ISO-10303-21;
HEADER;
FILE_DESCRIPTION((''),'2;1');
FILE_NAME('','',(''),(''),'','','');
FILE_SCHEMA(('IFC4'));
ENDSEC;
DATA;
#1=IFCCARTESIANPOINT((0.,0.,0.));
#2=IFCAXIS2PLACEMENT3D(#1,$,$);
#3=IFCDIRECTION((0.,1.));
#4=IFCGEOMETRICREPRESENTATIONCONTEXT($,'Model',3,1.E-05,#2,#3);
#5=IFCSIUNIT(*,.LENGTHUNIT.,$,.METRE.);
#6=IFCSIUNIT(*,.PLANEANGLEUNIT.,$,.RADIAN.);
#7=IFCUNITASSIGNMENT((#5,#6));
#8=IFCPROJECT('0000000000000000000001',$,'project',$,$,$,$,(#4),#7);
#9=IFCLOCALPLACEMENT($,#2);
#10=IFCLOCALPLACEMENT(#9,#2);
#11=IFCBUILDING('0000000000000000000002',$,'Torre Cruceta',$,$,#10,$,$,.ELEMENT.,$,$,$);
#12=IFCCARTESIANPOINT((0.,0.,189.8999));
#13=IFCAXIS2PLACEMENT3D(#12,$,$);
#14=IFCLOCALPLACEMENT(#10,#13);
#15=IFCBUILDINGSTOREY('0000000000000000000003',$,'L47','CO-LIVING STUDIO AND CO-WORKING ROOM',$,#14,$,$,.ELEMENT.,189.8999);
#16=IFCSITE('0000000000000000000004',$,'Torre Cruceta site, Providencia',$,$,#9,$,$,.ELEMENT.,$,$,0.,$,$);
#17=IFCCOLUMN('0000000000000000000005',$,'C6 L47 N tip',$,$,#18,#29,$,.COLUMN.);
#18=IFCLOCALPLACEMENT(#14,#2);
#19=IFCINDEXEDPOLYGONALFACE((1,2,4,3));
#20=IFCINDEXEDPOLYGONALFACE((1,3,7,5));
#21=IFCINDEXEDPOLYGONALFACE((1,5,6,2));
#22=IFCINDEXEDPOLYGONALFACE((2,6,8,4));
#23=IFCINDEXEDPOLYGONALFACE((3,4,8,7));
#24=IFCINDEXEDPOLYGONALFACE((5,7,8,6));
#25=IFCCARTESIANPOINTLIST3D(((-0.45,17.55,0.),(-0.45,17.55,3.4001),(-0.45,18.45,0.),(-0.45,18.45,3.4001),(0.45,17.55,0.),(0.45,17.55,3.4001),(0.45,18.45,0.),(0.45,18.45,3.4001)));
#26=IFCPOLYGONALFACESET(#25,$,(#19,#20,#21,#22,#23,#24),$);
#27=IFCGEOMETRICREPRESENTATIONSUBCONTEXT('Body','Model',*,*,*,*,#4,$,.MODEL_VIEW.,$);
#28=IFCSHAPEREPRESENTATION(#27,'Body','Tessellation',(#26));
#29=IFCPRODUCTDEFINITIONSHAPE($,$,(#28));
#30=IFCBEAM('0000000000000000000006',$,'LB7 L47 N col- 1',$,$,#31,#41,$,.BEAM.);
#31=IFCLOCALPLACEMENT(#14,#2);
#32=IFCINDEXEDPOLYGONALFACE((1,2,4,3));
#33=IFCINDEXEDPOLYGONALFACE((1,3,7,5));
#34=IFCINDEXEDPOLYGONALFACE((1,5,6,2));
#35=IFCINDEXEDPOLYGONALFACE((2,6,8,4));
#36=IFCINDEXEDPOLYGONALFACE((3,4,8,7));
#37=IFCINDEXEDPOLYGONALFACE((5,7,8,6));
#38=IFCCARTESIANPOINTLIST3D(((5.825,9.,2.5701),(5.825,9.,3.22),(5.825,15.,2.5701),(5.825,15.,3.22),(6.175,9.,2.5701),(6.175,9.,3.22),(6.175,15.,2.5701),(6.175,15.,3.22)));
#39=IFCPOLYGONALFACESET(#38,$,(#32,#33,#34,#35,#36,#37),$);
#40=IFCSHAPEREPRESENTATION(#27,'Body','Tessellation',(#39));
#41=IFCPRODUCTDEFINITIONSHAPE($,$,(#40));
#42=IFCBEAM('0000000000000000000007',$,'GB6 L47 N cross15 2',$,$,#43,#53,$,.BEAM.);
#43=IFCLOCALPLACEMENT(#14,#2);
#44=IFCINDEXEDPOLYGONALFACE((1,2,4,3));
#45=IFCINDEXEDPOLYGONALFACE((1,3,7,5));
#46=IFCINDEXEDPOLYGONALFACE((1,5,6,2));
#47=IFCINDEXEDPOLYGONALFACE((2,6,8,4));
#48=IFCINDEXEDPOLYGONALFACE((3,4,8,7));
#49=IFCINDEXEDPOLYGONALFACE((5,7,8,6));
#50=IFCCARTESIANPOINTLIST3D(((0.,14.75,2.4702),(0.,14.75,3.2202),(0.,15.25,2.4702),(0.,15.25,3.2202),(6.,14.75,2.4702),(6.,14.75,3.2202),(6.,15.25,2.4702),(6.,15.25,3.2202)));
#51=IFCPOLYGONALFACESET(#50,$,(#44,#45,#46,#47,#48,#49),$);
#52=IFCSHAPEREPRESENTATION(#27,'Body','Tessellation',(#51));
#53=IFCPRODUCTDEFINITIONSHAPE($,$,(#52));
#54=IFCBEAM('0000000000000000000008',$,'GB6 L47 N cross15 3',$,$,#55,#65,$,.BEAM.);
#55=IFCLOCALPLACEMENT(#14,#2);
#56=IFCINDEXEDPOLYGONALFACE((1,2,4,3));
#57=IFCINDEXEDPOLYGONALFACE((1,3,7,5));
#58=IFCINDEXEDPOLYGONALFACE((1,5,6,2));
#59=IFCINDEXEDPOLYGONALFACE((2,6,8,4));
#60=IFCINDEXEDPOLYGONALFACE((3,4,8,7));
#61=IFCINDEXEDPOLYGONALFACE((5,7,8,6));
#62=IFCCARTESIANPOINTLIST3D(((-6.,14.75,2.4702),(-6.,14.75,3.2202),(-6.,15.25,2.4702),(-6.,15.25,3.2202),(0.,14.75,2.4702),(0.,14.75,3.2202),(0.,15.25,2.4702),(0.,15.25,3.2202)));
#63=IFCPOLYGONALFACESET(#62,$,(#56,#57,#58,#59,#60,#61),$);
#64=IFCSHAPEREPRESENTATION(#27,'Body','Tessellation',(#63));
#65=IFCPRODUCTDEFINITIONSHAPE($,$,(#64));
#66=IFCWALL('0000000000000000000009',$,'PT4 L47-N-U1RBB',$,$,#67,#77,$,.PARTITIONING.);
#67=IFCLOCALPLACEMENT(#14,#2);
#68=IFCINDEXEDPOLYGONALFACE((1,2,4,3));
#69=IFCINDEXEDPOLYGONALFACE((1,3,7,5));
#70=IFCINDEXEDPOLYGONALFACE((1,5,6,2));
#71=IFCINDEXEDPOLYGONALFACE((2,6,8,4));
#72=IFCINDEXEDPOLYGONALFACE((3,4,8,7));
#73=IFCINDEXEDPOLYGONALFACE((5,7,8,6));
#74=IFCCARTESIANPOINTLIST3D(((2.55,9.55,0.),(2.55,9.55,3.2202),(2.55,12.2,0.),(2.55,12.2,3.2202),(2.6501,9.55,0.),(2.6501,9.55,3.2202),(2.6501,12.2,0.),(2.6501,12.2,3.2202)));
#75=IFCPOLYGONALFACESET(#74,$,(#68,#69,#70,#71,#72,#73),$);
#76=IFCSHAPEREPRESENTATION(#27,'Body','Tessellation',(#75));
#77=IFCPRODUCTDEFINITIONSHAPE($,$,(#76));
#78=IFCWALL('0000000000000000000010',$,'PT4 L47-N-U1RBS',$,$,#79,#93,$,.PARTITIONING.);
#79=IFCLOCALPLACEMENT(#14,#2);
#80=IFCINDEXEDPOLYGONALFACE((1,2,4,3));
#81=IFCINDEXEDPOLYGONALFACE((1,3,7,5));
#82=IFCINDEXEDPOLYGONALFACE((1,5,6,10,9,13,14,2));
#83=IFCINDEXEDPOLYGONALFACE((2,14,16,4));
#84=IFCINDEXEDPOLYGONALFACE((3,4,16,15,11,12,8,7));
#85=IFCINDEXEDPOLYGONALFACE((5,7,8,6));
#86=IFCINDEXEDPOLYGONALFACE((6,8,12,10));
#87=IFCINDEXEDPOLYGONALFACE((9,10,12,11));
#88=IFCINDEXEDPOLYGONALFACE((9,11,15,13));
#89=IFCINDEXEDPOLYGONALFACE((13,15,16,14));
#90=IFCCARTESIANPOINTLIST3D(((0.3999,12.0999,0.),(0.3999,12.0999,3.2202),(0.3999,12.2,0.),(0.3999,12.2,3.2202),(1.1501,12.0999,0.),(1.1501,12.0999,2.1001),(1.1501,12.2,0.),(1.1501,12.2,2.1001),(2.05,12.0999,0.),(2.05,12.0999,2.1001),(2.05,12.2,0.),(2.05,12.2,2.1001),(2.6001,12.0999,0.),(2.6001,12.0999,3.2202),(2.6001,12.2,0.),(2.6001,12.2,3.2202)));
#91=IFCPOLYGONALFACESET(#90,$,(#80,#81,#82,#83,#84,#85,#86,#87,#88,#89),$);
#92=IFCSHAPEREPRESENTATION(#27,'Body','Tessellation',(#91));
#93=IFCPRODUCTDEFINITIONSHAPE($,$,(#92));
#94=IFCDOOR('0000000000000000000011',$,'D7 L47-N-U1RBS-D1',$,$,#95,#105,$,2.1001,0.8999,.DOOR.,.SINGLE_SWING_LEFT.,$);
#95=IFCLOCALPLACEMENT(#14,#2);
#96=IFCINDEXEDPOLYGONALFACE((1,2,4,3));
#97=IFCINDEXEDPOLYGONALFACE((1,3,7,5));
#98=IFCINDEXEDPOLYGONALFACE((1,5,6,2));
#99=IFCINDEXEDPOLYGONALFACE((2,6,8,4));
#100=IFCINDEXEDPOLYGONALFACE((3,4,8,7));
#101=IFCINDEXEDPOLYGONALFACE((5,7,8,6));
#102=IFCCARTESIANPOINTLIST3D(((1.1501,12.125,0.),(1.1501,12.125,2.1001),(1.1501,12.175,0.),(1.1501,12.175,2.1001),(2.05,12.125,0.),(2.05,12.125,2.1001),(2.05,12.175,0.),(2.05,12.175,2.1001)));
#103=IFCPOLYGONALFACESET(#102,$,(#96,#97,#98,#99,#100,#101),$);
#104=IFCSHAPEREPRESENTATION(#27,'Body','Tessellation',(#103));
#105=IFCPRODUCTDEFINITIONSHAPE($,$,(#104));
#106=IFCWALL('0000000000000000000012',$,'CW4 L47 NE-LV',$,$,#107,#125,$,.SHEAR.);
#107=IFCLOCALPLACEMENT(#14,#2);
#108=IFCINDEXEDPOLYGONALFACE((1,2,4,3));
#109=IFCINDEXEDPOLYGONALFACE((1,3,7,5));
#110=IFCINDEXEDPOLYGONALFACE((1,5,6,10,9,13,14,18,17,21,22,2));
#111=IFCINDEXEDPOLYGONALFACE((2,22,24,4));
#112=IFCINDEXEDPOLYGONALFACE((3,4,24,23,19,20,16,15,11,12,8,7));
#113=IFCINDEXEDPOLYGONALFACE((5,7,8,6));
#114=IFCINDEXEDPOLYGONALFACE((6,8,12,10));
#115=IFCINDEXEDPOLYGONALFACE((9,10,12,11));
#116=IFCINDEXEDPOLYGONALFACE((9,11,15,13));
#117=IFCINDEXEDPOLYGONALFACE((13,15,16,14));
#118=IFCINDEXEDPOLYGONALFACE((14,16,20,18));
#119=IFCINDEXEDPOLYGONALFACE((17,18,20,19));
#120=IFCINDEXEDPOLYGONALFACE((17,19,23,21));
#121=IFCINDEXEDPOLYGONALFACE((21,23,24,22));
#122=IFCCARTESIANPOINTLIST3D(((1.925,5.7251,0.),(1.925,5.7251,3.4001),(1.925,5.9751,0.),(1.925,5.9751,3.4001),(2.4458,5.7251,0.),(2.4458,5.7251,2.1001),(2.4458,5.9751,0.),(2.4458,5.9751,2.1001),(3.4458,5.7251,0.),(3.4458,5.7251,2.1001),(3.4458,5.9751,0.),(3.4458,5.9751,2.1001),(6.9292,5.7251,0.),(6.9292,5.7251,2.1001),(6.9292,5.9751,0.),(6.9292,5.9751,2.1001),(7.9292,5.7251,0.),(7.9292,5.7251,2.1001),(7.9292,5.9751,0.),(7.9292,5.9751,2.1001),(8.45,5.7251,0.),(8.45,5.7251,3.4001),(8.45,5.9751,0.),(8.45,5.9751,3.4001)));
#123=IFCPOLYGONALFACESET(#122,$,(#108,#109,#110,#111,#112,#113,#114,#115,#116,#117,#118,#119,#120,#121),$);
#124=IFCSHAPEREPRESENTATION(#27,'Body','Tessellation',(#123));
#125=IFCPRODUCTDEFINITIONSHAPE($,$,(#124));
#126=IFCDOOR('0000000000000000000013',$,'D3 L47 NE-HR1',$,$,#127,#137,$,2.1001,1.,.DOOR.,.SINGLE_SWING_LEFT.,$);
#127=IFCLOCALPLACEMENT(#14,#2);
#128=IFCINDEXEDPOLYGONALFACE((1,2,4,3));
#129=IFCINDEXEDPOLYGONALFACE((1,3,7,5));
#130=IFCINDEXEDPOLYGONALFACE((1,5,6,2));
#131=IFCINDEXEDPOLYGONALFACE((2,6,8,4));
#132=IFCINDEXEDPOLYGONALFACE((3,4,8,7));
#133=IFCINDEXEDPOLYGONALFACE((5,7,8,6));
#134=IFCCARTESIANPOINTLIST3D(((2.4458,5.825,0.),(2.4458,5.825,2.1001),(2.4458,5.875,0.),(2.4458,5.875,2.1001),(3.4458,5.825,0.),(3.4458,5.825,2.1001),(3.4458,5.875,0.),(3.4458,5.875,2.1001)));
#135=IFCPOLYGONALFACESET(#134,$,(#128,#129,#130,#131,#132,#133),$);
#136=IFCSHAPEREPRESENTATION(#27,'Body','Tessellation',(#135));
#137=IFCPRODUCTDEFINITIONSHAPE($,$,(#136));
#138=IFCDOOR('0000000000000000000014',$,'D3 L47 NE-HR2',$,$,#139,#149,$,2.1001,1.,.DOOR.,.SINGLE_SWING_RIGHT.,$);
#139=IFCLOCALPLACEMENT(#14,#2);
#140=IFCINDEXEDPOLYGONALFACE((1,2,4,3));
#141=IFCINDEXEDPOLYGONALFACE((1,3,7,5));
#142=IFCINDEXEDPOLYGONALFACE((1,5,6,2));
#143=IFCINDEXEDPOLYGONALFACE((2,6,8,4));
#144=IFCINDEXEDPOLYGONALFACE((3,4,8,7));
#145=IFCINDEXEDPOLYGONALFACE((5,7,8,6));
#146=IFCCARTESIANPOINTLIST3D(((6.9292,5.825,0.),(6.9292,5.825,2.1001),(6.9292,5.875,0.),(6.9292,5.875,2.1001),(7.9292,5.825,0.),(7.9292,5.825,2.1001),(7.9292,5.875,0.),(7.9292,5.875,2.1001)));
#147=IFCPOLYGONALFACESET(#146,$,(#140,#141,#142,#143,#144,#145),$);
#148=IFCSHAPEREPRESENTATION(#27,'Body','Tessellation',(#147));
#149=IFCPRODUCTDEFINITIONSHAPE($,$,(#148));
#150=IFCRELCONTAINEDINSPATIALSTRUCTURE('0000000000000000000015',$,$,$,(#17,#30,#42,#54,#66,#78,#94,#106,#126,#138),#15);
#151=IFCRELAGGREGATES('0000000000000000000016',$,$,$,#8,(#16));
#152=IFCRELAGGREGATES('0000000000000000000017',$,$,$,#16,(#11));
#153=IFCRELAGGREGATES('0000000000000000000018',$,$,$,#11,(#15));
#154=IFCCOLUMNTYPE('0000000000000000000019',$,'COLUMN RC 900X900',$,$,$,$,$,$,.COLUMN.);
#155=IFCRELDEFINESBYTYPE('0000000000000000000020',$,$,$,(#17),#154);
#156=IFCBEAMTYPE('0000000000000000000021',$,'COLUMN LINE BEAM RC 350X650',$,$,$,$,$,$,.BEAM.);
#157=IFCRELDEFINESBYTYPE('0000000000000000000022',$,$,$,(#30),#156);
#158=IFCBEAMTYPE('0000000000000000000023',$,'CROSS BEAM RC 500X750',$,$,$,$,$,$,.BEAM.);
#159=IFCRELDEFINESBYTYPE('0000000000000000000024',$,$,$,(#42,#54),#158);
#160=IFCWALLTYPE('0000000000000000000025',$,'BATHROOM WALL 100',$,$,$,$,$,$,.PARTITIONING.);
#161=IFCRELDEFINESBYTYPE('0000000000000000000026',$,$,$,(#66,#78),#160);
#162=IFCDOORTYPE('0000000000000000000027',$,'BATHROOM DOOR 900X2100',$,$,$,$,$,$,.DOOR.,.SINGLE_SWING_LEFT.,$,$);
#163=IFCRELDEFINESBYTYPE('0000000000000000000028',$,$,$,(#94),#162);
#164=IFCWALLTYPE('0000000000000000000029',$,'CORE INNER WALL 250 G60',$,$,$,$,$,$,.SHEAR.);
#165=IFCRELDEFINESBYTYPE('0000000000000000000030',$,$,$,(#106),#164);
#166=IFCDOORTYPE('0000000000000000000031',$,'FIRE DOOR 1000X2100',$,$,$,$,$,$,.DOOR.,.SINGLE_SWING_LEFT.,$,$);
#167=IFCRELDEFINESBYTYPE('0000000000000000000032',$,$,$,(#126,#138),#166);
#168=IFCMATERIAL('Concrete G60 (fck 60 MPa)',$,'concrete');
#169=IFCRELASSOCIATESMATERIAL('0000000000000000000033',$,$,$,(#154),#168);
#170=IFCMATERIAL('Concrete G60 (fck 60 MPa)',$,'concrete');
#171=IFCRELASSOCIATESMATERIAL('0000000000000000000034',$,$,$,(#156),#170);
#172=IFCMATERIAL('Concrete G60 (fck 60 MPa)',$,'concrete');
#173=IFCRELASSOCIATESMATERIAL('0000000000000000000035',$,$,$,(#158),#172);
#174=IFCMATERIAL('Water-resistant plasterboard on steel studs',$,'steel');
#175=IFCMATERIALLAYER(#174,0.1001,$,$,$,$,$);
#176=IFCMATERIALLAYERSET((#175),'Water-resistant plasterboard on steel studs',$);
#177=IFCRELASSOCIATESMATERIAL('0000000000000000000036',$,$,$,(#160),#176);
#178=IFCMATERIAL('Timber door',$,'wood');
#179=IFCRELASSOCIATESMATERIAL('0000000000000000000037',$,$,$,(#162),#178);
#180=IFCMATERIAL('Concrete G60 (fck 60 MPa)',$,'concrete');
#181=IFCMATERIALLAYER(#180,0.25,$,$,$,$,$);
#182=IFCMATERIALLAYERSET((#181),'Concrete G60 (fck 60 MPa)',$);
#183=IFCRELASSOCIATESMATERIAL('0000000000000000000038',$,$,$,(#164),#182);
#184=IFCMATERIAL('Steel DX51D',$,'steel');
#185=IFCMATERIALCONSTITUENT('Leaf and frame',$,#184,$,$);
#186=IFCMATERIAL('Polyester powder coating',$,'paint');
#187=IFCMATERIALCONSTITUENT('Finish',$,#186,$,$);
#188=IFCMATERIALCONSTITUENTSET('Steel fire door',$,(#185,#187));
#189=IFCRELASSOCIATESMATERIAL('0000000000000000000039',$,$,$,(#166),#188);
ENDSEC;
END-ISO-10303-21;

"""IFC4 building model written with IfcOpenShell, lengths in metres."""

from ifc_helpers import new_model, si_unit, direction, frame, frame_2d, origin, origin_2d, place, context, subcontext, project, spatial, rectangle, extrude, material, layer, layer_set, constituent, constituent_set, material_profile, profile_set, type_object, element, fill, save


model = new_model("IFC4")

# Units and contexts
model_context = context("Model", 3, precision=1e-05, world=origin(), true_north=direction((0.0, 1.0)))
body_context = subcontext(model_context, "Body", "Model", "MODEL_VIEW")
ifc_project = project(units=[si_unit("LENGTHUNIT", "METRE"), si_unit("PLANEANGLEUNIT", "RADIAN")], contexts=[model_context])

# Site, building, storey
site_placement = place(None, origin())
site = spatial("IfcSite", under=ifc_project, at=site_placement, Name="Torre Cruceta site, Providencia", CompositionType="ELEMENT", RefElevation=0.0)
building_placement = place(site_placement, origin())
building = spatial("IfcBuilding", under=site, at=building_placement, Name="Torre Cruceta", CompositionType="ELEMENT")
storey_placement = place(building_placement, frame((0.0, 0.0, 189.8999)))
storey = spatial("IfcBuildingStorey", under=building, at=storey_placement, Name="L47", Description="CO-LIVING STUDIO AND CO-WORKING ROOM", CompositionType="ELEMENT", Elevation=189.8999)

# Column
ifc_material_1 = material(Name="Concrete G60 (fck 60 MPa)", Category="concrete")
ifc_material_profile_1 = material_profile(ifc_material_1, rectangle(XDim=0.8999, YDim=0.8999, at=origin_2d()), Name="RC 900X900")
ifc_profile_set_1 = profile_set([ifc_material_profile_1], Name="Concrete G60 (fck 60 MPa)")
column_type = type_object("IfcColumnType", Name="COLUMN RC 900X900", PredefinedType="COLUMN", material=ifc_profile_set_1)
column_placement = place(storey_placement, frame((0.0, 18.0, 0.0), z_axis=(0.0, 0.0, 1.0), x_axis=(1.0, 0.0, 0.0)))
element("IfcColumn", 1, at=column_placement, inside=storey, type_object=column_type, Name="C6 L47 N tip", PredefinedType="COLUMN", context=body_context, shape_type="SweptSolid", body=[
    extrude(rectangle(XDim=0.8999, YDim=0.8999, at=origin_2d()), origin(), (0.0, 0.0, 1.0), 3.4001),
])

# Beams
ifc_material_2 = material(Name="Concrete G60 (fck 60 MPa)", Category="concrete")
ifc_material_profile_2 = material_profile(ifc_material_2, rectangle(XDim=0.3501, YDim=0.6499, at=origin_2d()), Name="RC 350X650")
ifc_profile_set_2 = profile_set([ifc_material_profile_2], Name="Concrete G60 (fck 60 MPa)")
beam_type_1 = type_object("IfcBeamType", Name="COLUMN LINE BEAM RC 350X650", PredefinedType="BEAM", material=ifc_profile_set_2)
beam_placement = place(storey_placement, frame((6.0, 9.0, 2.895), z_axis=(0.0, 1.0, 0.0), x_axis=(-1.0, 0.0, 0.0)))
element("IfcBeam", 2, at=beam_placement, inside=storey, type_object=beam_type_1, Name="LB7 L47 N col- 1", PredefinedType="BEAM", context=body_context, shape_type="SweptSolid", body=[
    extrude(rectangle(XDim=0.3501, YDim=0.6499, at=origin_2d()), origin(), (0.0, 0.0, 1.0), 6.0),
])
ifc_material_3 = material(Name="Concrete G60 (fck 60 MPa)", Category="concrete")
ifc_material_profile_3 = material_profile(ifc_material_3, rectangle(XDim=0.5, YDim=0.75, at=origin_2d()), Name="RC 500X750")
ifc_profile_set_3 = profile_set([ifc_material_profile_3], Name="Concrete G60 (fck 60 MPa)")
beam_type_2 = type_object("IfcBeamType", Name="CROSS BEAM RC 500X750", PredefinedType="BEAM", material=ifc_profile_set_3)
for number, where, z_axis, x_axis, name in (
    (3, (6.0, 15.0, 2.8452), (-1.0, 0.0, 0.0), (0.0, -1.0, 0.0), "GB6 L47 N cross15 2"),
    (4, (0.0, 15.0, 2.8452), (-1.0, 0.0, 0.0), (0.0, -1.0, 0.0), "GB6 L47 N cross15 3"),
):
    element("IfcBeam", number, at=place(storey_placement, frame(where, z_axis=z_axis, x_axis=x_axis)), inside=storey, type_object=beam_type_2, Name=name, PredefinedType="BEAM", context=body_context, shape_type="SweptSolid", body=[
        extrude(rectangle(XDim=0.5, YDim=0.75, at=origin_2d()), origin(), (0.0, 0.0, 1.0), 6.0),
    ])

# Wall
ifc_material_4 = material(Name="Water-resistant plasterboard on steel studs", Category="steel")
ifc_layer_1 = layer(ifc_material_4, 0.1001)
ifc_layer_set_1 = layer_set([ifc_layer_1], Name="Water-resistant plasterboard on steel studs")
wall_type_1 = type_object("IfcWallType", Name="BATHROOM WALL 100", PredefinedType="PARTITIONING", material=ifc_layer_set_1)
wall_1_placement = place(storey_placement, frame((2.6001, 9.55, 0.0), z_axis=(0.0, 0.0, 1.0), x_axis=(0.0, 1.0, 0.0)))
element("IfcWall", 5, at=wall_1_placement, inside=storey, type_object=wall_type_1, Name="PT4 L47-N-U1RBB", PredefinedType="PARTITIONING", context=body_context, shape_type="SweptSolid", body=[
    extrude(rectangle(XDim=2.6499, YDim=0.1001, at=frame_2d((1.325, 0.0))), origin(), (0.0, 0.0, 1.0), 3.2202),
])

# Wall, opening, door
wall_2_placement = place(storey_placement, frame((2.6001, 12.1499, 0.0), z_axis=(0.0, 0.0, 1.0), x_axis=(-1.0, 0.0, 0.0)))
wall_2 = element("IfcWall", 6, at=wall_2_placement, inside=storey, type_object=wall_type_1, Name="PT4 L47-N-U1RBS", PredefinedType="PARTITIONING", context=body_context, shape_type="SweptSolid", body=[
    extrude(rectangle(XDim=2.2002, YDim=0.1001, at=frame_2d((1.1001, 0.0))), origin(), (0.0, 0.0, 1.0), 3.2202),
])
opening_1_placement = place(wall_2_placement, frame((0.55, 0.0, 0.0)))
opening_1 = element("IfcOpeningElement", 7, at=opening_1_placement, cuts=wall_2, PredefinedType="OPENING", context=body_context, shape_type="SweptSolid", body=[
    extrude(rectangle(XDim=0.8999, YDim=2.1001, at=frame_2d((0.45, 1.05))), frame((0.0, 0.0601, 0.0), z_axis=(0.0, -1.0, 0.0), x_axis=(1.0, 0.0, 0.0)), (0.0, 0.0, 1.0), 0.1201),
])
ifc_material_5 = material(Name="Timber door", Category="wood")
door_type_1 = type_object("IfcDoorType", Name="BATHROOM DOOR 900X2100", OperationType="SINGLE_SWING_LEFT", PredefinedType="DOOR", material=ifc_material_5)
door_1_placement = place(opening_1_placement, origin())
door_1 = element("IfcDoor", 8, at=door_1_placement, inside=storey, type_object=door_type_1, Name="D7 L47-N-U1RBS-D1", OperationType="SINGLE_SWING_LEFT", OverallHeight=2.1001, OverallWidth=0.8999, PredefinedType="DOOR", context=body_context, shape_type="SweptSolid", body=[
    extrude(rectangle(XDim=0.8999, YDim=2.1001, at=frame_2d((0.45, 1.05))), frame((0.0, 0.0249, 0.0), z_axis=(0.0, -1.0, 0.0), x_axis=(1.0, 0.0, 0.0)), (0.0, 0.0, 1.0), 0.05),
])
fill(opening_1, door_1)

# Wall, openings, doors
ifc_material_6 = material(Name="Concrete G60 (fck 60 MPa)", Category="concrete")
ifc_layer_2 = layer(ifc_material_6, 0.25)
ifc_layer_set_2 = layer_set([ifc_layer_2], Name="Concrete G60 (fck 60 MPa)")
wall_type_2 = type_object("IfcWallType", Name="CORE INNER WALL 250 G60", PredefinedType="SHEAR", material=ifc_layer_set_2)
wall_3_placement = place(storey_placement, frame((1.925, 5.8501, 0.0), z_axis=(0.0, 0.0, 1.0), x_axis=(1.0, 0.0, 0.0)))
wall_3 = element("IfcWall", 9, at=wall_3_placement, inside=storey, type_object=wall_type_2, Name="CW4 L47 NE-LV", PredefinedType="SHEAR", context=body_context, shape_type="SweptSolid", body=[
    extrude(rectangle(XDim=6.5249, YDim=0.25, at=frame_2d((3.2625, 0.0))), origin(), (0.0, 0.0, 1.0), 3.4001),
])
opening_2_placement = place(wall_3_placement, frame((0.5208, 0.0, 0.0)))
opening_2 = element("IfcOpeningElement", 10, at=opening_2_placement, cuts=wall_3, PredefinedType="OPENING", context=body_context, shape_type="SweptSolid", body=[
    extrude(rectangle(XDim=1.0, YDim=2.1001, at=frame_2d((0.5, 1.05))), frame((0.0, 0.135, 0.0), z_axis=(0.0, -1.0, 0.0), x_axis=(1.0, 0.0, 0.0)), (0.0, 0.0, 1.0), 0.27),
])
opening_3_placement = place(wall_3_placement, frame((5.0042, 0.0, 0.0)))
opening_3 = element("IfcOpeningElement", 11, at=opening_3_placement, cuts=wall_3, PredefinedType="OPENING", context=body_context, shape_type="SweptSolid", body=[
    extrude(rectangle(XDim=1.0, YDim=2.1001, at=frame_2d((0.5, 1.05))), frame((0.0, 0.135, 0.0), z_axis=(0.0, -1.0, 0.0), x_axis=(1.0, 0.0, 0.0)), (0.0, 0.0, 1.0), 0.27),
])
ifc_material_7 = material(Name="Steel DX51D", Category="steel")
ifc_constituent_1 = constituent(ifc_material_7, Name="Leaf and frame")
ifc_material_8 = material(Name="Polyester powder coating", Category="paint")
ifc_constituent_2 = constituent(ifc_material_8, Name="Finish")
ifc_constituent_set_1 = constituent_set(constituents=[ifc_constituent_1, ifc_constituent_2], Name="Steel fire door")
door_type_2 = type_object("IfcDoorType", Name="FIRE DOOR 1000X2100", OperationType="SINGLE_SWING_LEFT", PredefinedType="DOOR", material=ifc_constituent_set_1)
door_2_placement = place(opening_2_placement, origin())
door_2 = element("IfcDoor", 12, at=door_2_placement, inside=storey, type_object=door_type_2, Name="D3 L47 NE-HR1", OperationType="SINGLE_SWING_LEFT", OverallHeight=2.1001, OverallWidth=1.0, PredefinedType="DOOR", context=body_context, shape_type="SweptSolid", body=[
    extrude(rectangle(XDim=1.0, YDim=2.1001, at=frame_2d((0.5, 1.05))), frame((0.0, 0.0249, 0.0), z_axis=(0.0, -1.0, 0.0), x_axis=(1.0, 0.0, 0.0)), (0.0, 0.0, 1.0), 0.05),
])
fill(opening_2, door_2)
door_3_placement = place(opening_3_placement, origin())
door_3 = element("IfcDoor", 13, at=door_3_placement, inside=storey, type_object=door_type_2, Name="D3 L47 NE-HR2", OperationType="SINGLE_SWING_RIGHT", OverallHeight=2.1001, OverallWidth=1.0, PredefinedType="DOOR", context=body_context, shape_type="SweptSolid", body=[
    extrude(rectangle(XDim=1.0, YDim=2.1001, at=frame_2d((0.5, 1.05))), frame((0.0, 0.0249, 0.0), z_axis=(0.0, -1.0, 0.0), x_axis=(1.0, 0.0, 0.0)), (0.0, 0.0, 1.0), 0.05),
])
fill(opening_3, door_3)

save(model, "model.ifc")
